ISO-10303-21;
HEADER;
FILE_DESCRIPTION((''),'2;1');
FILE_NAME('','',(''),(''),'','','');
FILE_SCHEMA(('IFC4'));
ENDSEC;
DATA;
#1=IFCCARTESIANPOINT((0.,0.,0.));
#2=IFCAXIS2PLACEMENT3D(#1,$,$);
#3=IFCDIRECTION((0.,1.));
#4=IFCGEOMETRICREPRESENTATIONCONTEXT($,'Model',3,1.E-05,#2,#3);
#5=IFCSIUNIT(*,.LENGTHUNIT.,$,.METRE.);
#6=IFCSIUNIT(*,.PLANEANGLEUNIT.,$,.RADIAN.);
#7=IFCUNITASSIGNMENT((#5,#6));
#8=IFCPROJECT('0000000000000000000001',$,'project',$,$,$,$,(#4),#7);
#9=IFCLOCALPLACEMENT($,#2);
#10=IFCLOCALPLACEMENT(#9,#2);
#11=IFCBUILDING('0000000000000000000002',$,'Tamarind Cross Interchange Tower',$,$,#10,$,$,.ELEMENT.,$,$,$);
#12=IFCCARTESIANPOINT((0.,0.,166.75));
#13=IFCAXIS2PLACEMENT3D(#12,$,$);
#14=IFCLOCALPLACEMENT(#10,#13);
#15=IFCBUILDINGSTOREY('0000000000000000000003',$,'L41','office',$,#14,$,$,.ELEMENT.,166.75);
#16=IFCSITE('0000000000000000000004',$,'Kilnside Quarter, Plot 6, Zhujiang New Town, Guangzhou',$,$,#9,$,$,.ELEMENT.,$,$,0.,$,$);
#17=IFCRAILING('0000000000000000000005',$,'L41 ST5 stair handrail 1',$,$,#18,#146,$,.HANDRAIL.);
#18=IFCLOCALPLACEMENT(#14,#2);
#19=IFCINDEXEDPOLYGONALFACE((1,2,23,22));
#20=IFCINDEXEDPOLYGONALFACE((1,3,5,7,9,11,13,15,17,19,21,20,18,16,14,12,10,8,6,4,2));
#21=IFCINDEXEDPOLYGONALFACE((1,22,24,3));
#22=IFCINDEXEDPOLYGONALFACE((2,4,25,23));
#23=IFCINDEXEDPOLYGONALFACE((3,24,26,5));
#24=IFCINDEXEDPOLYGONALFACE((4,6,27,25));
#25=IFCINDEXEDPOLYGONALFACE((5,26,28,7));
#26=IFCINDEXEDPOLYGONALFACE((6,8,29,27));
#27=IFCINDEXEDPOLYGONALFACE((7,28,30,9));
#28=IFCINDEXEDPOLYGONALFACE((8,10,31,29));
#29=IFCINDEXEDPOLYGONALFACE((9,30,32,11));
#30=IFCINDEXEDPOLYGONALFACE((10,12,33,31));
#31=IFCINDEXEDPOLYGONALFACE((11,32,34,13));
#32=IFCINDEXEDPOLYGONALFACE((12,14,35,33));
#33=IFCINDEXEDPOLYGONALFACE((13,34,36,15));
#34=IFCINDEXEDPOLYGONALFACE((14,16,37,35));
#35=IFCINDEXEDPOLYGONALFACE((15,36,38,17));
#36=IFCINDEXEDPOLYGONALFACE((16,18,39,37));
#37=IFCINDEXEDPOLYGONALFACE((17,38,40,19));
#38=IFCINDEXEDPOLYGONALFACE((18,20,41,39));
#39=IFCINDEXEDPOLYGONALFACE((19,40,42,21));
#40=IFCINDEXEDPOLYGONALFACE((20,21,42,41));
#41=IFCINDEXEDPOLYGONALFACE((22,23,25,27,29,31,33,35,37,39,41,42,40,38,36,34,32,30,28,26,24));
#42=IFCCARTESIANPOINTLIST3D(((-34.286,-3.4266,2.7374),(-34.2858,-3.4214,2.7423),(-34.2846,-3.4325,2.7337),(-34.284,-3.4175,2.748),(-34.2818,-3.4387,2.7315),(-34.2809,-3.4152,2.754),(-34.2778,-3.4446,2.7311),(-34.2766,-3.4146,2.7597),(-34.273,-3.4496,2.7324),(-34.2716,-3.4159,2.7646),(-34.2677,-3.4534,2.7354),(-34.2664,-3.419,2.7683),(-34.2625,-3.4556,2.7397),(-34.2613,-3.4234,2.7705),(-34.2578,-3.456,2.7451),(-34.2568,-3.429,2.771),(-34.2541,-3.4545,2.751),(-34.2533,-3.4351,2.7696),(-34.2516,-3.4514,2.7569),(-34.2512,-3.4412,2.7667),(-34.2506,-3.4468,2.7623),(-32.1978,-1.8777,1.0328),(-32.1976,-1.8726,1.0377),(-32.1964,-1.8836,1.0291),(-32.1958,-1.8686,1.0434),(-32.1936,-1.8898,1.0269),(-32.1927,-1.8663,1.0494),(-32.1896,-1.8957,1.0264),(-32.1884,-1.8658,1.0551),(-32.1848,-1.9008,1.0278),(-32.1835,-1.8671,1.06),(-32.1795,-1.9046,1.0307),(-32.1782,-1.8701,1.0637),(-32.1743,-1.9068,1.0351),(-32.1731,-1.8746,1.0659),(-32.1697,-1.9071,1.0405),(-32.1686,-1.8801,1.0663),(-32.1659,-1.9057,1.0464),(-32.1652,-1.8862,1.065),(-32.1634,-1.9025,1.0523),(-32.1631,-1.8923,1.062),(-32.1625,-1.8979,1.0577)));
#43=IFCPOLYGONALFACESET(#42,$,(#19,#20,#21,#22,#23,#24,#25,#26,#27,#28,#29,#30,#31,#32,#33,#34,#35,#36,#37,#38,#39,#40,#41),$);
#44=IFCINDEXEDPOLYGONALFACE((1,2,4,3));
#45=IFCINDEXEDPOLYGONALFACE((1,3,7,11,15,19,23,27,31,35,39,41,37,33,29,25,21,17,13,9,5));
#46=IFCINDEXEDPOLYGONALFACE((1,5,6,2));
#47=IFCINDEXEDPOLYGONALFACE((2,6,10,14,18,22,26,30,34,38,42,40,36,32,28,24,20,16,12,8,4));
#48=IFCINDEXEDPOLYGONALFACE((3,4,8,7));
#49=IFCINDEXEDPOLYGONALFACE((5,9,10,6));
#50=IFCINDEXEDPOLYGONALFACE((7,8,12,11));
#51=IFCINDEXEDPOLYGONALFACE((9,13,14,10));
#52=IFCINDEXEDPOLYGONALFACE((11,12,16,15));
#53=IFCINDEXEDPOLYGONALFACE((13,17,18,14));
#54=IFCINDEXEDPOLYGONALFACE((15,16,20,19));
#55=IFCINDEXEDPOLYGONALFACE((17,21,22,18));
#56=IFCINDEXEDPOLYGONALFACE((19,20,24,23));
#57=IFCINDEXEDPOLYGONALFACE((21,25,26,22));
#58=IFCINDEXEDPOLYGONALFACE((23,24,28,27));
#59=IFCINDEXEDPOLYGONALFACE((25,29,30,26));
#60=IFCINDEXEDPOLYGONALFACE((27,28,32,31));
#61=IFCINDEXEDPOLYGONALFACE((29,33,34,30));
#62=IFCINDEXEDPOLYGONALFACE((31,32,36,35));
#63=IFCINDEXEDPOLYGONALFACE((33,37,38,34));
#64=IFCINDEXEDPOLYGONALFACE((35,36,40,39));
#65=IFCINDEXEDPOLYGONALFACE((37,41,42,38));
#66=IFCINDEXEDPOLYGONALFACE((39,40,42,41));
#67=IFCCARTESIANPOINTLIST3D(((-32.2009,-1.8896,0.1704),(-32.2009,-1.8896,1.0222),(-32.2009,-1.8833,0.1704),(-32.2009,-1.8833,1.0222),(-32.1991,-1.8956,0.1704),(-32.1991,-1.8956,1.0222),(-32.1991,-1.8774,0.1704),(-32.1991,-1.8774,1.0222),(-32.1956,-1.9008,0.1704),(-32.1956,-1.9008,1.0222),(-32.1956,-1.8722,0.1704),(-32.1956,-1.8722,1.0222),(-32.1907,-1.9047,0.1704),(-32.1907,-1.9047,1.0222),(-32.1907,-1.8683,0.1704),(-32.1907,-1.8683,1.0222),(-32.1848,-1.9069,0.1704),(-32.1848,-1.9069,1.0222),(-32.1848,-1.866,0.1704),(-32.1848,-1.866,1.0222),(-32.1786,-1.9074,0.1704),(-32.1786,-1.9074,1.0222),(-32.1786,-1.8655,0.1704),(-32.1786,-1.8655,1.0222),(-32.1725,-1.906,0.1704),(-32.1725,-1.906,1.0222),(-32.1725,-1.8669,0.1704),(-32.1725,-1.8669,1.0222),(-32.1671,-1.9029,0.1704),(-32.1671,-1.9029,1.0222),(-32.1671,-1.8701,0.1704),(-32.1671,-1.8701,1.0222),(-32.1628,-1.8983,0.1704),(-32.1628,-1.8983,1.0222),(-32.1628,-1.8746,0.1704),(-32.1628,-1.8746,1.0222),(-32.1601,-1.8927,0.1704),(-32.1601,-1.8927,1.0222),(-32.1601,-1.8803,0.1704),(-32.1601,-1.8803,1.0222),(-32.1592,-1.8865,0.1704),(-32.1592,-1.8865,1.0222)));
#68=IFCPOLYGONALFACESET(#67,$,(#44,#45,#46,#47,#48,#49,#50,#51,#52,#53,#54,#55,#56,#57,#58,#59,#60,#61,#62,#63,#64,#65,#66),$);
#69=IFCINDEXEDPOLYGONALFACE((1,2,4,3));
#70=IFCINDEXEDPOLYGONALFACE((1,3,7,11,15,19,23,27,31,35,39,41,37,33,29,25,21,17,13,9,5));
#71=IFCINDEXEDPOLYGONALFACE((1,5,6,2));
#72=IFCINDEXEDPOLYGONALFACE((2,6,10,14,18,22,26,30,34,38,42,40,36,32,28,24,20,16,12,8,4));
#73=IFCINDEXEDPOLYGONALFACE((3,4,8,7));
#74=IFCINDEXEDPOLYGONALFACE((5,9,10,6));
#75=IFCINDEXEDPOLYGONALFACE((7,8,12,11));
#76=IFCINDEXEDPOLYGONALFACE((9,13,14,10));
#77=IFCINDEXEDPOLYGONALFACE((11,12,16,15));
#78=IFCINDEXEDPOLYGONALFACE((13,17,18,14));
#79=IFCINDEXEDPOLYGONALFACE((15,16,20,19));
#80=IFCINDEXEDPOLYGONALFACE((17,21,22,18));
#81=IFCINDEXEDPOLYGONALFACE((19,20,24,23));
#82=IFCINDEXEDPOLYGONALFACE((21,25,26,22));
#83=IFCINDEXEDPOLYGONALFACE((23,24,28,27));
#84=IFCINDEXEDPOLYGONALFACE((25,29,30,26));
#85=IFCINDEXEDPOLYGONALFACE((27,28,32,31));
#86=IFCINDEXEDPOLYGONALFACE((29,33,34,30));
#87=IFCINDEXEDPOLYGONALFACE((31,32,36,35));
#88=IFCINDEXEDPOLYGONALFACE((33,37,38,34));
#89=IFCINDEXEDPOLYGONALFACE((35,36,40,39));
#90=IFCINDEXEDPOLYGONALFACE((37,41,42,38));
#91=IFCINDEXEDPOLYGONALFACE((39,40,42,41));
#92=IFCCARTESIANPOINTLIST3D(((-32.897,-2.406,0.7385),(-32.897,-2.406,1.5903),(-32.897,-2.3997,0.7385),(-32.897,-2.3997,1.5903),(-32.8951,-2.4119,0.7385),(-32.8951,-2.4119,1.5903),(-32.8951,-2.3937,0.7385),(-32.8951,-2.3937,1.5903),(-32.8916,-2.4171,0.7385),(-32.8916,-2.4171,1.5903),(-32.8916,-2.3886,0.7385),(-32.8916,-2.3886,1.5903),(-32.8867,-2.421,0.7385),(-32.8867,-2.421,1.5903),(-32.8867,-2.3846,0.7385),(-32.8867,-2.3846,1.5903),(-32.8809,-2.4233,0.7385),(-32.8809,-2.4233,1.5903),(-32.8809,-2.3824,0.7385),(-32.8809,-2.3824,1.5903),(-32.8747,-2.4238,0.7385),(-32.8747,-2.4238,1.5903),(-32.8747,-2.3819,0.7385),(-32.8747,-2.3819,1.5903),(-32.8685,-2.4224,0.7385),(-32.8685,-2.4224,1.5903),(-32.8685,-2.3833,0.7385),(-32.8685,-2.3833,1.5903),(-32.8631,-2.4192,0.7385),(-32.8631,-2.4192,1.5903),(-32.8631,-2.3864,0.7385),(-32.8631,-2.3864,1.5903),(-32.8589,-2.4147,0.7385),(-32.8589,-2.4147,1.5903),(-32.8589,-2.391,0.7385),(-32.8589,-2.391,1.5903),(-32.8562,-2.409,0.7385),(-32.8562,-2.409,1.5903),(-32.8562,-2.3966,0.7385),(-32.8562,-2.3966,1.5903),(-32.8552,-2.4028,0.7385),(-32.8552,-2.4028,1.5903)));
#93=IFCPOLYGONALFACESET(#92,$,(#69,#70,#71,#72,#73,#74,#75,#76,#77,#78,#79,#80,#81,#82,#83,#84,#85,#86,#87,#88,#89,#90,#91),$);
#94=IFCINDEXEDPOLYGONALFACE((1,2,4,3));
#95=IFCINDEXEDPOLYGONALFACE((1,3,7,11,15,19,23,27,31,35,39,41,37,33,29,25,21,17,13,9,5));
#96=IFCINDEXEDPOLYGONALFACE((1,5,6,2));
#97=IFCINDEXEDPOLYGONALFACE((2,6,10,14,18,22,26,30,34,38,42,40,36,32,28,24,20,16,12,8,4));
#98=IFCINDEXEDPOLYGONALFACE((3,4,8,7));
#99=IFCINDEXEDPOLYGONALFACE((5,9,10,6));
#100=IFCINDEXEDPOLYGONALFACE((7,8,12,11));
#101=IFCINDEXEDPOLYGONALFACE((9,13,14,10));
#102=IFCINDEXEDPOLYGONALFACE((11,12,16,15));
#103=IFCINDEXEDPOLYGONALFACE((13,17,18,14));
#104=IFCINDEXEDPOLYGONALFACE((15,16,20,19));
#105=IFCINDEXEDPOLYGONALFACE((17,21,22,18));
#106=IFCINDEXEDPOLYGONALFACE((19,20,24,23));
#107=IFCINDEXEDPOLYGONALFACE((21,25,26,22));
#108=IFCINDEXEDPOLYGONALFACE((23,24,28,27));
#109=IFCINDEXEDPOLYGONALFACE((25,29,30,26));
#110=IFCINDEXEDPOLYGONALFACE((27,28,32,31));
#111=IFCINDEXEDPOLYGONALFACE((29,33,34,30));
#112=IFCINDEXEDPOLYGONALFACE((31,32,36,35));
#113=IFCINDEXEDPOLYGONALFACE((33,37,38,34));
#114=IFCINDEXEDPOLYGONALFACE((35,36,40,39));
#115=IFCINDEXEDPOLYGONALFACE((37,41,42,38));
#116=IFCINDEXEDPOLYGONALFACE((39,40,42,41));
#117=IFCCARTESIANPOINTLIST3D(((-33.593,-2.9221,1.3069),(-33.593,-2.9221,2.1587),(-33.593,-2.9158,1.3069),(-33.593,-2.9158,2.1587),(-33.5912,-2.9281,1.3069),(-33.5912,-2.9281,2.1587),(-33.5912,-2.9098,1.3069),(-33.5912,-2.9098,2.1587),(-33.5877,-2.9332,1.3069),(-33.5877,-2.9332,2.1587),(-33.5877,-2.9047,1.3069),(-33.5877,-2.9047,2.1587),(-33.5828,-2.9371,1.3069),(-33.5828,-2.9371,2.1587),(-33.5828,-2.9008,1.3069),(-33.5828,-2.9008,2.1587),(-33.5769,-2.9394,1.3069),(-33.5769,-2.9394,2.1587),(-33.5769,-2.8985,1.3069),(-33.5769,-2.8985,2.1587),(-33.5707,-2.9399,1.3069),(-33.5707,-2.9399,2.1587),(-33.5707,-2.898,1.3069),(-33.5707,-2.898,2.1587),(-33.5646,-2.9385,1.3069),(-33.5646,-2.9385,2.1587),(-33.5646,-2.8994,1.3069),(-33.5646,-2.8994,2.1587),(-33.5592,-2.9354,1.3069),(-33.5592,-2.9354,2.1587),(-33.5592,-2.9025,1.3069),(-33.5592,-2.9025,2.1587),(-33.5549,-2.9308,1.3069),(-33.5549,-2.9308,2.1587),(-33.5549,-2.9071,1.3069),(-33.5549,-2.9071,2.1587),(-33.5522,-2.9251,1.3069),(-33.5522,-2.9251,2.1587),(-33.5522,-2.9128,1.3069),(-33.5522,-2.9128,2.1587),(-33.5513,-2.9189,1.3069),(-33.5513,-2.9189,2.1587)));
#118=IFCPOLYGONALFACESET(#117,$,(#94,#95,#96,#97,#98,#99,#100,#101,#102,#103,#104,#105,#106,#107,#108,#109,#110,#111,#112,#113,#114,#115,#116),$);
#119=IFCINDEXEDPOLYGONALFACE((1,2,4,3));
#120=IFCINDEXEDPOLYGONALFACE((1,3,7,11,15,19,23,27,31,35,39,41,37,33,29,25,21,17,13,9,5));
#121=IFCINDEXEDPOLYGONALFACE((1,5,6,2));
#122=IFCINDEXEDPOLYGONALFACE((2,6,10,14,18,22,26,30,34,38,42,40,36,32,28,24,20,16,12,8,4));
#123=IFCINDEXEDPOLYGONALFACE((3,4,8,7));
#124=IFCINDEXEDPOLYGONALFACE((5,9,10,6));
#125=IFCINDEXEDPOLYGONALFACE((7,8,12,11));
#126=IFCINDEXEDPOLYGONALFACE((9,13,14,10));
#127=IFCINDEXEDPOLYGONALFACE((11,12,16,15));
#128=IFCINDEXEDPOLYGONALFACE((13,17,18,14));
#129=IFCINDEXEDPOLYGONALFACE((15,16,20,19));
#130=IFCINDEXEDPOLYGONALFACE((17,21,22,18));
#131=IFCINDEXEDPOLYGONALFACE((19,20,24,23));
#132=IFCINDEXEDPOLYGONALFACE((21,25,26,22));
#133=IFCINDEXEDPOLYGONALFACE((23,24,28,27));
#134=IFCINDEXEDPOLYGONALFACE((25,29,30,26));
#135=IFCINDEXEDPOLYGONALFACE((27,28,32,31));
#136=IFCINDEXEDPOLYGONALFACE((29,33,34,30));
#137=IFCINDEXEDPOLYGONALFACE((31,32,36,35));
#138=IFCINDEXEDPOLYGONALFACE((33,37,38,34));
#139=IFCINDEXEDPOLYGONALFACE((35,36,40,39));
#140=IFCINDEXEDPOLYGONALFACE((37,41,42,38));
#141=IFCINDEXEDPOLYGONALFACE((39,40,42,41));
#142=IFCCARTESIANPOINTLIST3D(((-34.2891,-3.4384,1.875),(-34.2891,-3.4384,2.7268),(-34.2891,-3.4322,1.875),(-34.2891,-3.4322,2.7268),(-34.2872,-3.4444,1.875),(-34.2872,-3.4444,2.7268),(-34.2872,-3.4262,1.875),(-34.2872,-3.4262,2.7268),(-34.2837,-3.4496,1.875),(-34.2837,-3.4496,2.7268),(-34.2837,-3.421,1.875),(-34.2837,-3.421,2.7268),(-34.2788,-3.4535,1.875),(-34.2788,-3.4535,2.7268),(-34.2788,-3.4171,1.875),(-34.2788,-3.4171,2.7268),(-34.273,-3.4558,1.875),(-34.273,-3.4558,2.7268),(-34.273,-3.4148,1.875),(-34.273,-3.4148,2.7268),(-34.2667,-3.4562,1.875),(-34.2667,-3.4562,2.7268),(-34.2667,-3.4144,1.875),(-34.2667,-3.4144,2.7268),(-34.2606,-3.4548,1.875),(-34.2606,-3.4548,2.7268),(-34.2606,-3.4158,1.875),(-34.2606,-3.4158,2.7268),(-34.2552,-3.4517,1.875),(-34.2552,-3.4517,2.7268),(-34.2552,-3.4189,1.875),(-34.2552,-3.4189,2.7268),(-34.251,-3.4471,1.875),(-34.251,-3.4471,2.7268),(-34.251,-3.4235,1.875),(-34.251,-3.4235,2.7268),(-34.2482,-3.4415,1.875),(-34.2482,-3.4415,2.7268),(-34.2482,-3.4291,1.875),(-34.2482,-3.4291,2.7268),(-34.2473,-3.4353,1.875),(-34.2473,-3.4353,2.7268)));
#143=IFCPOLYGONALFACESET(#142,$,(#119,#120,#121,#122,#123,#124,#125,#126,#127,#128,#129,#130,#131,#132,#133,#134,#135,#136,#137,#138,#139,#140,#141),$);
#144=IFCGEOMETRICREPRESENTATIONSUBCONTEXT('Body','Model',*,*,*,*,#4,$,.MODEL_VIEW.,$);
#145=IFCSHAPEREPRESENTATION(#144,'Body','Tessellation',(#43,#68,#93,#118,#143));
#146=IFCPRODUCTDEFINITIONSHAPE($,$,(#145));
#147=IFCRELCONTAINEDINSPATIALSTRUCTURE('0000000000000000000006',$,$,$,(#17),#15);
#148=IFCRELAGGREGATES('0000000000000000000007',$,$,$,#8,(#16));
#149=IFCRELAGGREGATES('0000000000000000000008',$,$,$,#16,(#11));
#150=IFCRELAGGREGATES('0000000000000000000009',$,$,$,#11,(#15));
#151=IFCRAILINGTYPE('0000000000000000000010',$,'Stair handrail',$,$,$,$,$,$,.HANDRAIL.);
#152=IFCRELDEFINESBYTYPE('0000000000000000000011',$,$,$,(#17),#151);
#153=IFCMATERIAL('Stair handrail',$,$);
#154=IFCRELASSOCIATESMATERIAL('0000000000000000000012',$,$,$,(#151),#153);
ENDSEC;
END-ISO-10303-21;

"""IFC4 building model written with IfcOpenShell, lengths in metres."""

from ifc_helpers import new_model, si_unit, direction, frame, origin, origin_2d, place, context, subcontext, project, spatial, circle, extrude, material, type_object, element, save


model = new_model("IFC4")

# Units and contexts
model_context = context("Model", 3, precision=1e-05, world=origin(), true_north=direction((0.0, 1.0)))
body_context = subcontext(model_context, "Body", "Model", "MODEL_VIEW")
ifc_project = project(units=[si_unit("LENGTHUNIT", "METRE"), si_unit("PLANEANGLEUNIT", "RADIAN")], contexts=[model_context])

# Site, building, storey
site_placement = place(None, origin())
site = spatial("IfcSite", under=ifc_project, at=site_placement, Name="Kilnside Quarter, Plot 6, Zhujiang New Town, Guangzhou", CompositionType="ELEMENT", RefElevation=0.0)
building_placement = place(site_placement, origin())
building = spatial("IfcBuilding", under=site, at=building_placement, Name="Tamarind Cross Interchange Tower", CompositionType="ELEMENT")
storey_placement = place(building_placement, frame((0.0, 0.0, 166.75)))
storey = spatial("IfcBuildingStorey", under=building, at=storey_placement, Name="L41", Description="office", CompositionType="ELEMENT", Elevation=166.75)

# Railing
ifc_material_1 = material(Name="Stair handrail")
railing_type_1 = type_object("IfcRailingType", Name="Stair handrail", PredefinedType="HANDRAIL", material=ifc_material_1)
railing_1_placement = place(storey_placement, frame((-32.1802, -1.8865, 0.1704)))
element("IfcRailing", 1, at=railing_1_placement, inside=storey, type_object=railing_type_1, Name="L41 ST5 stair handrail 1", PredefinedType="HANDRAIL", context=body_context, shape_type="SweptSolid", body=[
    extrude(circle(Radius=0.0239, at=origin_2d()), frame((0.0, 0.0, 0.876), z_axis=(-0.671679, -0.498203, 0.548307), x_axis=(0.595739, -0.803178, 0.0)), (0.0, 0.0, 1.0), 3.1089),
    extrude(circle(Radius=0.021, at=origin_2d()), origin(), (0.0, 0.0, 1.0), 0.8518),
    extrude(circle(Radius=0.021, at=origin_2d()), frame((-0.696, -0.5164, 0.5681)), (0.0, 0.0, 1.0), 0.8518),
    extrude(circle(Radius=0.021, at=origin_2d()), frame((-1.3921, -1.0325, 1.1365)), (0.0, 0.0, 1.0), 0.8518),
    extrude(circle(Radius=0.021, at=origin_2d()), frame((-2.0881, -1.5488, 1.7046)), (0.0, 0.0, 1.0), 0.8518),
])

save(model, "model.ifc")
